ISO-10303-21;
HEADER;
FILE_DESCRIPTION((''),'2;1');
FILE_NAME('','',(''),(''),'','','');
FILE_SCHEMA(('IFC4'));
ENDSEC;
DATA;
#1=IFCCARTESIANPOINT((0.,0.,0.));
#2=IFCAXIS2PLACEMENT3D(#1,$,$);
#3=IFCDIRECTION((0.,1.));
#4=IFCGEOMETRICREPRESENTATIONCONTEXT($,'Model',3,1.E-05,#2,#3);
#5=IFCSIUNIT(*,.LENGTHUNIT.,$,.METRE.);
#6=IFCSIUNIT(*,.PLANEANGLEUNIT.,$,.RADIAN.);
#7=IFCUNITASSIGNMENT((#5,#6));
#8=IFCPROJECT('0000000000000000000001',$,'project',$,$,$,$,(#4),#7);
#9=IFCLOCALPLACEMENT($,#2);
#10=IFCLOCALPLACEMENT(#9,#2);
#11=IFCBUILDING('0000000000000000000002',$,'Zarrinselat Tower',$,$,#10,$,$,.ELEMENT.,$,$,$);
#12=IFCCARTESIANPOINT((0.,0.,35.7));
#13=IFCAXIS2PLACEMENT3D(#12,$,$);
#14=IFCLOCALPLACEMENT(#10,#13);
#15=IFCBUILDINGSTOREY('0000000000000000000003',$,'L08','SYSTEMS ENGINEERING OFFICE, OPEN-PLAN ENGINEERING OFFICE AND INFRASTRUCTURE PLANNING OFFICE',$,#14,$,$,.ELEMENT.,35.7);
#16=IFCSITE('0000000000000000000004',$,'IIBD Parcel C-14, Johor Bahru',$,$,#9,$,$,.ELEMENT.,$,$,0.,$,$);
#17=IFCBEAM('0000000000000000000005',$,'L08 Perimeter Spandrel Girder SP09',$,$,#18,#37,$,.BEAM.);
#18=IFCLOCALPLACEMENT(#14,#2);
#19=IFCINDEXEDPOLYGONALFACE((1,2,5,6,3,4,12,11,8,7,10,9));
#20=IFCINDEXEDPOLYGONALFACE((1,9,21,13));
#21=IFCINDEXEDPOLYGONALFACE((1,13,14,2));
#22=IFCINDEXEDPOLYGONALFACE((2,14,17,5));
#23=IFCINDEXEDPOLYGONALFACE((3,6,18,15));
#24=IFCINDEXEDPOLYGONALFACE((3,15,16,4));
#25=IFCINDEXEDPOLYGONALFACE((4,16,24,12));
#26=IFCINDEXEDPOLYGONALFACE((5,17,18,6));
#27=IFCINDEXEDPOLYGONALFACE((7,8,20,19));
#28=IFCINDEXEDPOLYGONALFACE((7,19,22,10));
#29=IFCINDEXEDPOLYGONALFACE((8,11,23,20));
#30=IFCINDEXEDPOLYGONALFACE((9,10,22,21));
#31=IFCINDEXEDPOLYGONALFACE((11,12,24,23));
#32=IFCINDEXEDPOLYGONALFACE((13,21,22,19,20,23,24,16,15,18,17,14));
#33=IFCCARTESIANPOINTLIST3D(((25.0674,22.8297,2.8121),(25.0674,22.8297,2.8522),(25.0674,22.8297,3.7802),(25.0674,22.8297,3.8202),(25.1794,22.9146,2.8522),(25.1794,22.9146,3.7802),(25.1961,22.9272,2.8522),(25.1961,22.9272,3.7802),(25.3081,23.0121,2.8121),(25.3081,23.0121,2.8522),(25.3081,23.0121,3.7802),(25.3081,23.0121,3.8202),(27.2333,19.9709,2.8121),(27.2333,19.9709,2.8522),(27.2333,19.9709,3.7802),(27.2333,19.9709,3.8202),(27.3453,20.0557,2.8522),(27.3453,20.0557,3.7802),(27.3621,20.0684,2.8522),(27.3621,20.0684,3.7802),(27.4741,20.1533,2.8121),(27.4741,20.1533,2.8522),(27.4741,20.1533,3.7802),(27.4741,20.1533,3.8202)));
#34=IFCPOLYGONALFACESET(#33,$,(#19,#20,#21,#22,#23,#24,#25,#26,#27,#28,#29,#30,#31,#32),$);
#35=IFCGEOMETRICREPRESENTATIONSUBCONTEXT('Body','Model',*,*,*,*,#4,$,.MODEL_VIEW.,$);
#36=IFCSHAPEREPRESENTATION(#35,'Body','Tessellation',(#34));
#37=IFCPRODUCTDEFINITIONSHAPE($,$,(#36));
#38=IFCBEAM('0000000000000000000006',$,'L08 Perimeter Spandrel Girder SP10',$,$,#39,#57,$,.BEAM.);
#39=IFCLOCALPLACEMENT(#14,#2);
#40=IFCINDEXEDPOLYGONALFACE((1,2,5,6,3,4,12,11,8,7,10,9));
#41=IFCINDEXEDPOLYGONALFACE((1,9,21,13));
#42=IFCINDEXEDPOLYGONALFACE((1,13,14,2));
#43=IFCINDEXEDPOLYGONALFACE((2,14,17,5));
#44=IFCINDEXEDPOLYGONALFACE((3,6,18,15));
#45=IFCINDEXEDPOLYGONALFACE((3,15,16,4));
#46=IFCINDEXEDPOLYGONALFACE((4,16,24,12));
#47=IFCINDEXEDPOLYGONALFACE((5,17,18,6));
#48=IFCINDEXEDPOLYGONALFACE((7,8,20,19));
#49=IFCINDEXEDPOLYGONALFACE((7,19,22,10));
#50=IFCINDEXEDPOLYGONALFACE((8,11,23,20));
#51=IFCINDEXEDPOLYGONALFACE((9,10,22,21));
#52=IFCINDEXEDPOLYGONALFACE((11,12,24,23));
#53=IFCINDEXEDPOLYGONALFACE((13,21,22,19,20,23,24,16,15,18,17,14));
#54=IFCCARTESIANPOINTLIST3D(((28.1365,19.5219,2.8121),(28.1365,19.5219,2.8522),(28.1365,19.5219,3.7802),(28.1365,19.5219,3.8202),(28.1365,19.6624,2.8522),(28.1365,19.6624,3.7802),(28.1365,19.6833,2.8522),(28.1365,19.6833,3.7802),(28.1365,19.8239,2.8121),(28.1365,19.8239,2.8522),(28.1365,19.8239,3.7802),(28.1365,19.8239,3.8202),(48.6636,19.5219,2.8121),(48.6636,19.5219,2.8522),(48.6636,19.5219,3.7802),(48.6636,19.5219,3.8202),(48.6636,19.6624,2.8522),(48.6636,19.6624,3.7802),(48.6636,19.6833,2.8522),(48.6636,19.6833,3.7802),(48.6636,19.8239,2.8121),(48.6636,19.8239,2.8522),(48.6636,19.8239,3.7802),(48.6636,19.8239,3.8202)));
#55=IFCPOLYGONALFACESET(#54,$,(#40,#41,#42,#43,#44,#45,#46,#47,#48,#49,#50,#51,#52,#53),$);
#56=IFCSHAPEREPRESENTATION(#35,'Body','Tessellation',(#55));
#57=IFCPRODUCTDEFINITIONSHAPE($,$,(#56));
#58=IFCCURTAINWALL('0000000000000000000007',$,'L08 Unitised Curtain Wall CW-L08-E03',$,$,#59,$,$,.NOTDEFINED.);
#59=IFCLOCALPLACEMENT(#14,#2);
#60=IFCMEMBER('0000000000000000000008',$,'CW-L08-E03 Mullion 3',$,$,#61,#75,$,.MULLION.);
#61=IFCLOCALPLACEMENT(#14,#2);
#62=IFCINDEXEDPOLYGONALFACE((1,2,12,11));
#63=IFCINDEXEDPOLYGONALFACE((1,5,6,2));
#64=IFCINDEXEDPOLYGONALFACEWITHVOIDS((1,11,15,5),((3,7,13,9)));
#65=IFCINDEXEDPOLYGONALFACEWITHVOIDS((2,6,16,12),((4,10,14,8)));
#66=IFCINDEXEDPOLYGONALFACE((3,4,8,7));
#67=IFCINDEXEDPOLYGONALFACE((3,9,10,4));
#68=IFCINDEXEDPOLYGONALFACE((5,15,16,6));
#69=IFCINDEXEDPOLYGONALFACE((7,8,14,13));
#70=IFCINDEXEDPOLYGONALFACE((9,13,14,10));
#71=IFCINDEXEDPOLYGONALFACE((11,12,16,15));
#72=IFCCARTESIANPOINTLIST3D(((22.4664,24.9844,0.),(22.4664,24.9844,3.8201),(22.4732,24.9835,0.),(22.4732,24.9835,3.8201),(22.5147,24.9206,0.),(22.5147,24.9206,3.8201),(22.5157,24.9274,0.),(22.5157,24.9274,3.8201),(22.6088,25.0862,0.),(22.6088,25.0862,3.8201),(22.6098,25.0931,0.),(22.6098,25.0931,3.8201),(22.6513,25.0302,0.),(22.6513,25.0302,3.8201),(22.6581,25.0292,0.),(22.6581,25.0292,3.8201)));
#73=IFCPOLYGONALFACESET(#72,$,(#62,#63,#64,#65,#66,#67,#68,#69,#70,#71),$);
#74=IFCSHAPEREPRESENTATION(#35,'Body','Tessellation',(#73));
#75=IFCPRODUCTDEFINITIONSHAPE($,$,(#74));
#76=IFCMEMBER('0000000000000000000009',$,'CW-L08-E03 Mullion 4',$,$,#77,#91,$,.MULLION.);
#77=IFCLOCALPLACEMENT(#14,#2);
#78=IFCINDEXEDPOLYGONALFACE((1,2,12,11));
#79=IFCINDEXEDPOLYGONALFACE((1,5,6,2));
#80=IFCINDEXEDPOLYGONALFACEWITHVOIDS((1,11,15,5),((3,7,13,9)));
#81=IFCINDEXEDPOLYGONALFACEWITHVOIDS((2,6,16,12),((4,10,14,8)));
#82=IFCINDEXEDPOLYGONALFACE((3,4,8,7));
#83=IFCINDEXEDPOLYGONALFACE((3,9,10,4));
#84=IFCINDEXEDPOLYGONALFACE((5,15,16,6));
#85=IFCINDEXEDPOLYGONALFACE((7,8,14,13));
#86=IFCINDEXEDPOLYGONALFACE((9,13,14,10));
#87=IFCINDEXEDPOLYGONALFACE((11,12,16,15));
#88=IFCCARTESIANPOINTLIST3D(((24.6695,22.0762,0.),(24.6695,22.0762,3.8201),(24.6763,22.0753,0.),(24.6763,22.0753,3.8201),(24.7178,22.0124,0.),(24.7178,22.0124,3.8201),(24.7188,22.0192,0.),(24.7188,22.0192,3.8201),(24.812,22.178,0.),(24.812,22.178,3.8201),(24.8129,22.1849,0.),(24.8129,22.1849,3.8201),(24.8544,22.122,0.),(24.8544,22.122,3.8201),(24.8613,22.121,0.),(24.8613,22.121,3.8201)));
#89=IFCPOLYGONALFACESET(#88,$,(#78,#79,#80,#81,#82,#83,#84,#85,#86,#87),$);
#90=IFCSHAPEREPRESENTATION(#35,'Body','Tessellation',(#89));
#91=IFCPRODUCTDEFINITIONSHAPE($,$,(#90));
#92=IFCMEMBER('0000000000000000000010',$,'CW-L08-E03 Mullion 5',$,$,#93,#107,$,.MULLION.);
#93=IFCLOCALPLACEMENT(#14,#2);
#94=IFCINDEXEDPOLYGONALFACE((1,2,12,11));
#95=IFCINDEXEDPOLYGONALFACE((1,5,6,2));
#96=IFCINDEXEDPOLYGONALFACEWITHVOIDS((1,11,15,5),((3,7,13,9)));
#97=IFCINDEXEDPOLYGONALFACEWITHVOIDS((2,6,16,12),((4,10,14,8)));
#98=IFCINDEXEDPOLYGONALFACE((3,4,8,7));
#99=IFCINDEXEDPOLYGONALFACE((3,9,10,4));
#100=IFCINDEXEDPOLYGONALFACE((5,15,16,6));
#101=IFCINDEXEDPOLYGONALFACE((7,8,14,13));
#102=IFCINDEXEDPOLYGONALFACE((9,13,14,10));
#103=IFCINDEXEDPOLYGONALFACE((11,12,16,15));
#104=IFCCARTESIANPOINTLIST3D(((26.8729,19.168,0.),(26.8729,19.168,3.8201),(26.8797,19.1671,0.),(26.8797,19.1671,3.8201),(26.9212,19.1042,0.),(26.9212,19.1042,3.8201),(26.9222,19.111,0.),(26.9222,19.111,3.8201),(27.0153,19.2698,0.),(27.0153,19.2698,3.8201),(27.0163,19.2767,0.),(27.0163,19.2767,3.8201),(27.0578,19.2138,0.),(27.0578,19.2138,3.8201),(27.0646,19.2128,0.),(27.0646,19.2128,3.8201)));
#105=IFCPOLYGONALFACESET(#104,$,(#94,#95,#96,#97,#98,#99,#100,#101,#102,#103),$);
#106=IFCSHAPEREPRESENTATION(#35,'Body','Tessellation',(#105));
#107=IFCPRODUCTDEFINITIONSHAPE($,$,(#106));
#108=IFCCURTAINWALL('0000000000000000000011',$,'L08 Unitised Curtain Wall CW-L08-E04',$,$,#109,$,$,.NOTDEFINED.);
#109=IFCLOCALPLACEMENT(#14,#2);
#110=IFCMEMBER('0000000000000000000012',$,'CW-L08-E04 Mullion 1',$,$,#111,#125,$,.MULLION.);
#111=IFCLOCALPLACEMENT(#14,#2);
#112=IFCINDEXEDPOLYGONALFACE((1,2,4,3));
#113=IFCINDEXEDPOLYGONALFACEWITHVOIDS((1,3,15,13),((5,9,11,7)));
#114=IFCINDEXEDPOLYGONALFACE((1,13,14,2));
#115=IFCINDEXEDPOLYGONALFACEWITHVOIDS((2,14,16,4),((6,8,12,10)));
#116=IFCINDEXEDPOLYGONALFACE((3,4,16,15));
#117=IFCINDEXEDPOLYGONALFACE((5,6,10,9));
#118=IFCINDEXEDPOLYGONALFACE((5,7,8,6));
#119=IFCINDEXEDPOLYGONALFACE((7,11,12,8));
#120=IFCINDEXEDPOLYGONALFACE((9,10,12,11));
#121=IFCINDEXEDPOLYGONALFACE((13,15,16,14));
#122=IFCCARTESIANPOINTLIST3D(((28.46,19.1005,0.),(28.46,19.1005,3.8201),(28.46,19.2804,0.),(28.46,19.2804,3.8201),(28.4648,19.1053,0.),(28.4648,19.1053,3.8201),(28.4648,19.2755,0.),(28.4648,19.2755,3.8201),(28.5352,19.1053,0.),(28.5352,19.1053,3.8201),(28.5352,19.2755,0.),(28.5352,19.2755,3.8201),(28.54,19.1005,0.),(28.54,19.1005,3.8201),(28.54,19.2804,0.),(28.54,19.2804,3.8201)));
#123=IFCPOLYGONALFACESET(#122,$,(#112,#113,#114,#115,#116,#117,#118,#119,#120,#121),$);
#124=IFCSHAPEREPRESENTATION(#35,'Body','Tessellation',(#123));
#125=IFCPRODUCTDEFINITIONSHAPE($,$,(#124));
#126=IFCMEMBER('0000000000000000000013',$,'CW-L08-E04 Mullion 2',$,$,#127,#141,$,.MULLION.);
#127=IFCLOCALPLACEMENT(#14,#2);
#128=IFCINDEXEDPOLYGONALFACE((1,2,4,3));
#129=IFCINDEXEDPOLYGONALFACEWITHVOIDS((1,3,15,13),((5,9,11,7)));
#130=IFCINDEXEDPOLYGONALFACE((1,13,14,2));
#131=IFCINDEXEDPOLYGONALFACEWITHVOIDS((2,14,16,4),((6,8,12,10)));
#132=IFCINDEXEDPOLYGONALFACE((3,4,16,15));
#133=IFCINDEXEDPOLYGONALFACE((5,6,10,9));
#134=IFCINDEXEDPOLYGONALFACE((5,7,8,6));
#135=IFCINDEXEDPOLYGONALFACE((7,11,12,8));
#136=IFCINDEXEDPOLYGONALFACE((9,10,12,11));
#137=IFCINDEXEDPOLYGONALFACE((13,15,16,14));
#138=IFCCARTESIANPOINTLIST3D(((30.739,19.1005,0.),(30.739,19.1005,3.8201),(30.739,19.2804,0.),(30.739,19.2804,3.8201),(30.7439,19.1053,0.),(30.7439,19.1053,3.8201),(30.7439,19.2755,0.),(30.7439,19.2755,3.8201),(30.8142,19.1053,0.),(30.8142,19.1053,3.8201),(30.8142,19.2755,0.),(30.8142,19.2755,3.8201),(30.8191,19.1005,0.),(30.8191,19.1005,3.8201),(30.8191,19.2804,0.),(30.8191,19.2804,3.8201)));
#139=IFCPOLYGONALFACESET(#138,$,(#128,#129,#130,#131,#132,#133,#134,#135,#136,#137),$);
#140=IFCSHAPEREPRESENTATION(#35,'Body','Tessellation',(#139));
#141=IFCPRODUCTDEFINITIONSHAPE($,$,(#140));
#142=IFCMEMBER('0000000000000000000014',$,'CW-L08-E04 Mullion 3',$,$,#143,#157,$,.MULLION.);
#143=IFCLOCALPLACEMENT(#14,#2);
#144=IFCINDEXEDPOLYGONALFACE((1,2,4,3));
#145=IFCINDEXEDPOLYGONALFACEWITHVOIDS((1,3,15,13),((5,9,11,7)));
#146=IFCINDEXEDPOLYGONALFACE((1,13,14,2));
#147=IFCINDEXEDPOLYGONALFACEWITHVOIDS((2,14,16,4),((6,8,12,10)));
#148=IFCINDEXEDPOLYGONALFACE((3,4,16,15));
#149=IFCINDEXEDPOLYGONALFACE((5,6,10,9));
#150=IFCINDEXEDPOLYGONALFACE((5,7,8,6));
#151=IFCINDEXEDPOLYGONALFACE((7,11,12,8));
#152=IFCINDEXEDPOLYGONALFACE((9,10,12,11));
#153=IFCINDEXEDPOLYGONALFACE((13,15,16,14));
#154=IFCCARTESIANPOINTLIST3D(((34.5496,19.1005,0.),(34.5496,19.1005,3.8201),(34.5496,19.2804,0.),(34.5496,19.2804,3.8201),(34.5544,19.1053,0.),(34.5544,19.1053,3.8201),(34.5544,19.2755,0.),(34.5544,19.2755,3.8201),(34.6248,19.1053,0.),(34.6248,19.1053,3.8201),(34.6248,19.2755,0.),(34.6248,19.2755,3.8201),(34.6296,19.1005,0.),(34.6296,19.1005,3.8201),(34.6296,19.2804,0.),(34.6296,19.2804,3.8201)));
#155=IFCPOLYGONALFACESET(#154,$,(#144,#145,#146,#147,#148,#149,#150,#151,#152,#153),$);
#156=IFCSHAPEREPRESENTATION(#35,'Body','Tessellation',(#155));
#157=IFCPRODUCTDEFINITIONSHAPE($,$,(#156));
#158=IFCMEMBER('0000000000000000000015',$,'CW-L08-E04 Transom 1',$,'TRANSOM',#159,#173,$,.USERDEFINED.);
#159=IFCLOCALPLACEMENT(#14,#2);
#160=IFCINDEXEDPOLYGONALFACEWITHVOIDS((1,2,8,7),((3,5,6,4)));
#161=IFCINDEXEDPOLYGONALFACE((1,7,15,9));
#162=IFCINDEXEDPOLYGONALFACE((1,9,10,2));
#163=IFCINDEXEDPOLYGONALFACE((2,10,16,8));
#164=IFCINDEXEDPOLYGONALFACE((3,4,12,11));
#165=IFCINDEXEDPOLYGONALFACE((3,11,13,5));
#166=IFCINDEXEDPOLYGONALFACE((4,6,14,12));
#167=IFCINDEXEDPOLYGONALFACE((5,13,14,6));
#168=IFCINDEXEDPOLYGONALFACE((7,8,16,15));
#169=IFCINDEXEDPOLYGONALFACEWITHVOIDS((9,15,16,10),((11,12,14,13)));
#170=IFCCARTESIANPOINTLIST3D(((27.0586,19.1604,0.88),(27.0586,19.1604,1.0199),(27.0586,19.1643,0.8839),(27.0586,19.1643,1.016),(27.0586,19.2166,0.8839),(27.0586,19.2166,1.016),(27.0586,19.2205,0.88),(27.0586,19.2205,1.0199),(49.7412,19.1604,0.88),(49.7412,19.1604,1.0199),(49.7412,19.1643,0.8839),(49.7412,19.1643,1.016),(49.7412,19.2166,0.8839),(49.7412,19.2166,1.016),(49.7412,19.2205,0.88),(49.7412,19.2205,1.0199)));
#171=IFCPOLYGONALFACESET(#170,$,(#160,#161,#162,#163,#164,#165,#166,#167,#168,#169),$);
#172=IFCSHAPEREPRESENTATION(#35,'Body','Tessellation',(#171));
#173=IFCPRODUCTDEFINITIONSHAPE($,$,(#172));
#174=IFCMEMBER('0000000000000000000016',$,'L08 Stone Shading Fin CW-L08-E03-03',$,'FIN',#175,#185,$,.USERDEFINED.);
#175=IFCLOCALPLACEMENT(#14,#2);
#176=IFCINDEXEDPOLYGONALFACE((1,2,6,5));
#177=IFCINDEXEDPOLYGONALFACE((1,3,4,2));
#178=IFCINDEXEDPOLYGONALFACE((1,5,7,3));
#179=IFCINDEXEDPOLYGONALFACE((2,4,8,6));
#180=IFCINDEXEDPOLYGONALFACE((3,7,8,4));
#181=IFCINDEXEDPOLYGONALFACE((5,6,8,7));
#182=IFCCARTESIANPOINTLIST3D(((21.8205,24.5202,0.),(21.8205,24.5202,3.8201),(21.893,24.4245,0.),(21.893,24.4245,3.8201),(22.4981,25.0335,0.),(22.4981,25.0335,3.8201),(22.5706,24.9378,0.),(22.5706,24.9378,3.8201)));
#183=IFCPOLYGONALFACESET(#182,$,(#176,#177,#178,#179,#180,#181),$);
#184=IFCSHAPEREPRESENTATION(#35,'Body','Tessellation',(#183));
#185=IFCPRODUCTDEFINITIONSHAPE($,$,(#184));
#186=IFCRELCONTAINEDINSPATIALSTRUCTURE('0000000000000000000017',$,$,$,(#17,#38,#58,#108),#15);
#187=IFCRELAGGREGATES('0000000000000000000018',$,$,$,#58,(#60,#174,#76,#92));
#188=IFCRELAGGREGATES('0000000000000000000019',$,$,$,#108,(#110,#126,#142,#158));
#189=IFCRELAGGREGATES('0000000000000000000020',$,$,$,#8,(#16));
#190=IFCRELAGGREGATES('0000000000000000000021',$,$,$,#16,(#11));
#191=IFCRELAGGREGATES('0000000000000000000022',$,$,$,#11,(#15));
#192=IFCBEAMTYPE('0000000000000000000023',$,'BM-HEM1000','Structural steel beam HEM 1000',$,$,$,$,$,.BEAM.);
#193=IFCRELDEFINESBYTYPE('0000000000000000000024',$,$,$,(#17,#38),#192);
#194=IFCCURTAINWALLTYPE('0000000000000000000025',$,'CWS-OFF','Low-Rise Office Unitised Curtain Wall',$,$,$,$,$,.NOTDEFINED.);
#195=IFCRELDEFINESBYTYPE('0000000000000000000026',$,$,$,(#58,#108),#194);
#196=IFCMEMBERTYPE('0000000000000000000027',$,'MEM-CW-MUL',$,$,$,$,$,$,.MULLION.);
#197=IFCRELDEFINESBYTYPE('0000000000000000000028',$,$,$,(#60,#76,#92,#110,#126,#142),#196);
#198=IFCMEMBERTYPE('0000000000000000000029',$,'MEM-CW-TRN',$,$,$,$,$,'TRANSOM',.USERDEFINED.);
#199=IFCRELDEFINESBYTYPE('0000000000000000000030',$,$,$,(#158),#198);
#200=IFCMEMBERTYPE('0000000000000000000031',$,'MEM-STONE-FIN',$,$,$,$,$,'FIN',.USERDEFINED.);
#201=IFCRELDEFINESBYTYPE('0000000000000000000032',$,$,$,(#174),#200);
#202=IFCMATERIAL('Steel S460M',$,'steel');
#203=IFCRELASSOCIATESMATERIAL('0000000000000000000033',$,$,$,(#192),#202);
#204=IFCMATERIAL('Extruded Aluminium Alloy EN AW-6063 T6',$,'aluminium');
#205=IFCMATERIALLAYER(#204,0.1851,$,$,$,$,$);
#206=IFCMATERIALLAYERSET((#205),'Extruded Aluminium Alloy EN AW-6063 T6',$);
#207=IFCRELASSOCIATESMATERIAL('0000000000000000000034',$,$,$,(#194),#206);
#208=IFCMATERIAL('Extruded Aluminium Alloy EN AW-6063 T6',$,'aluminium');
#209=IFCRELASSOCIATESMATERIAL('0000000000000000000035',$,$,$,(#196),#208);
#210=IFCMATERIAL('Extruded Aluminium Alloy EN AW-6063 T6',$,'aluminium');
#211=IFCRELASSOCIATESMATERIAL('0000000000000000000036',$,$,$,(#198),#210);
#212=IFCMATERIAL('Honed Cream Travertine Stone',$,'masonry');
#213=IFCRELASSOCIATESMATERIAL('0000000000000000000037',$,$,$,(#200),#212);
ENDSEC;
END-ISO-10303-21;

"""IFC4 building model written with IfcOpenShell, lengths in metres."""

from ifc_helpers import new_model, si_unit, direction, frame, origin, origin_2d, place, context, subcontext, project, spatial, rectangle, hollow_rectangle, i_section, extrude, material, layer, layer_set, material_profile, profile_set, type_object, element, aggregate, save


model = new_model("IFC4")

# Units and contexts
model_context = context("Model", 3, precision=1e-05, world=origin(), true_north=direction((0.0, 1.0)))
body_context = subcontext(model_context, "Body", "Model", "MODEL_VIEW")
ifc_project = project(units=[si_unit("LENGTHUNIT", "METRE"), si_unit("PLANEANGLEUNIT", "RADIAN")], contexts=[model_context])

# Site, building, storey
site_placement = place(None, origin())
site = spatial("IfcSite", under=ifc_project, at=site_placement, Name="IIBD Parcel C-14, Johor Bahru", CompositionType="ELEMENT", RefElevation=0.0)
building_placement = place(site_placement, origin())
building = spatial("IfcBuilding", under=site, at=building_placement, Name="Zarrinselat Tower", CompositionType="ELEMENT")
storey_placement = place(building_placement, frame((0.0, 0.0, 35.7)))
storey = spatial("IfcBuildingStorey", under=building, at=storey_placement, Name="L08", Description="SYSTEMS ENGINEERING OFFICE, OPEN-PLAN ENGINEERING OFFICE AND INFRASTRUCTURE PLANNING OFFICE", CompositionType="ELEMENT", Elevation=35.7)

# Beams
ifc_material_1 = material(Name="Steel S460M", Category="steel")
ifc_material_profile_1 = material_profile(ifc_material_1, i_section(OverallWidth=0.302, OverallDepth=1.0081, WebThickness=0.021, FlangeThickness=0.04, at=origin_2d()), Name="HEM 1000")
ifc_profile_set_1 = profile_set([ifc_material_profile_1], Name="Steel S460M")
beam_type_1 = type_object("IfcBeamType", Name="BM-HEM1000", Description="Structural steel beam HEM 1000", PredefinedType="BEAM", material=ifc_profile_set_1)
beam_1_placement = place(storey_placement, frame((25.1877, 22.9209, 3.3162), z_axis=(0.603892, -0.797066, 0.0), x_axis=(0.797066, 0.603892, 0.0)))
element("IfcBeam", 1, at=beam_1_placement, inside=storey, type_object=beam_type_1, Name="L08 Perimeter Spandrel Girder SP09", PredefinedType="BEAM", context=body_context, shape_type="SweptSolid", body=[
    extrude(i_section(OverallWidth=0.302, OverallDepth=1.0081, WebThickness=0.021, FlangeThickness=0.04, at=origin_2d()), origin(), (0.0, 0.0, 1.0), 3.5867),
])
beam_2_placement = place(storey_placement, frame((28.1365, 19.6729, 3.3162), z_axis=(1.0, 0.0, 0.0), x_axis=(0.0, 1.0, 0.0)))
element("IfcBeam", 2, at=beam_2_placement, inside=storey, type_object=beam_type_1, Name="L08 Perimeter Spandrel Girder SP10", PredefinedType="BEAM", context=body_context, shape_type="SweptSolid", body=[
    extrude(i_section(OverallWidth=0.302, OverallDepth=1.0081, WebThickness=0.021, FlangeThickness=0.04, at=origin_2d()), origin(), (0.0, 0.0, 1.0), 20.5271),
])

# Curtain walls, members
ifc_material_2 = material(Name="Extruded Aluminium Alloy EN AW-6063 T6", Category="aluminium")
ifc_layer_1 = layer(ifc_material_2, 0.1851)
ifc_layer_set_1 = layer_set([ifc_layer_1], Name="Extruded Aluminium Alloy EN AW-6063 T6")
curtain_wall_type = type_object("IfcCurtainWallType", Name="CWS-OFF", Description="Low-Rise Office Unitised Curtain Wall", PredefinedType="NOTDEFINED", material=ifc_layer_set_1)
curtain_wall_1_placement = place(storey_placement, origin())
curtain_wall_1 = element("IfcCurtainWall", 3, at=curtain_wall_1_placement, inside=storey, type_object=curtain_wall_type, Name="L08 Unitised Curtain Wall CW-L08-E03", PredefinedType="NOTDEFINED")
ifc_material_3 = material(Name="Extruded Aluminium Alloy EN AW-6063 T6", Category="aluminium")
ifc_material_profile_2 = material_profile(ifc_material_3, hollow_rectangle(XDim=0.0801, YDim=0.1799, WallThickness=0.0049, at=origin_2d()), Name="RHS 180x80x5")
ifc_profile_set_2 = profile_set([ifc_material_profile_2], Name="Extruded Aluminium Alloy EN AW-6063 T6")
member_type_1 = type_object("IfcMemberType", Name="MEM-CW-MUL", PredefinedType="MULLION", material=ifc_profile_set_2)
member_1_placement = place(storey_placement, frame((22.5623, 25.0068, 0.0), z_axis=(0.0, 0.0, 1.0), x_axis=(0.603858, -0.797092, 0.0)))
member_1 = element("IfcMember", 4, at=member_1_placement, type_object=member_type_1, Name="CW-L08-E03 Mullion 3", PredefinedType="MULLION", context=body_context, shape_type="SweptSolid", body=[
    extrude(hollow_rectangle(XDim=0.0801, YDim=0.1799, WallThickness=0.0049, at=origin_2d()), origin(), (0.0, 0.0, 1.0), 3.8201),
])
member_2_placement = place(storey_placement, frame((24.7654, 22.0986, 0.0), z_axis=(0.0, 0.0, 1.0), x_axis=(0.603858, -0.797092, 0.0)))
member_2 = element("IfcMember", 5, at=member_2_placement, type_object=member_type_1, Name="CW-L08-E03 Mullion 4", PredefinedType="MULLION", context=body_context, shape_type="SweptSolid", body=[
    extrude(hollow_rectangle(XDim=0.0801, YDim=0.1799, WallThickness=0.0049, at=origin_2d()), origin(), (0.0, 0.0, 1.0), 3.8201),
])
member_3_placement = place(storey_placement, frame((26.9688, 19.1904, 0.0), z_axis=(0.0, 0.0, 1.0), x_axis=(0.603858, -0.797092, 0.0)))
member_3 = element("IfcMember", 6, at=member_3_placement, type_object=member_type_1, Name="CW-L08-E03 Mullion 5", PredefinedType="MULLION", context=body_context, shape_type="SweptSolid", body=[
    extrude(hollow_rectangle(XDim=0.0801, YDim=0.1799, WallThickness=0.0049, at=origin_2d()), origin(), (0.0, 0.0, 1.0), 3.8201),
])
curtain_wall_2_placement = place(storey_placement, origin())
curtain_wall_2 = element("IfcCurtainWall", 7, at=curtain_wall_2_placement, inside=storey, type_object=curtain_wall_type, Name="L08 Unitised Curtain Wall CW-L08-E04", PredefinedType="NOTDEFINED")
member_4_placement = place(storey_placement, frame((28.5, 19.1904, 0.0), z_axis=(0.0, 0.0, 1.0), x_axis=(1.0, 0.0, 0.0)))
member_4 = element("IfcMember", 8, at=member_4_placement, type_object=member_type_1, Name="CW-L08-E04 Mullion 1", PredefinedType="MULLION", context=body_context, shape_type="SweptSolid", body=[
    extrude(hollow_rectangle(XDim=0.0801, YDim=0.1799, WallThickness=0.0049, at=origin_2d()), origin(), (0.0, 0.0, 1.0), 3.8201),
])
member_5_placement = place(storey_placement, frame((30.7791, 19.1904, 0.0), z_axis=(0.0, 0.0, 1.0), x_axis=(1.0, 0.0, 0.0)))
member_5 = element("IfcMember", 9, at=member_5_placement, type_object=member_type_1, Name="CW-L08-E04 Mullion 2", PredefinedType="MULLION", context=body_context, shape_type="SweptSolid", body=[
    extrude(hollow_rectangle(XDim=0.0801, YDim=0.1799, WallThickness=0.0049, at=origin_2d()), origin(), (0.0, 0.0, 1.0), 3.8201),
])
member_6_placement = place(storey_placement, frame((34.5896, 19.1904, 0.0), z_axis=(0.0, 0.0, 1.0), x_axis=(1.0, 0.0, 0.0)))
member_6 = element("IfcMember", 10, at=member_6_placement, type_object=member_type_1, Name="CW-L08-E04 Mullion 3", PredefinedType="MULLION", context=body_context, shape_type="SweptSolid", body=[
    extrude(hollow_rectangle(XDim=0.0801, YDim=0.1799, WallThickness=0.0049, at=origin_2d()), origin(), (0.0, 0.0, 1.0), 3.8201),
])
ifc_material_4 = material(Name="Extruded Aluminium Alloy EN AW-6063 T6", Category="aluminium")
ifc_material_profile_3 = material_profile(ifc_material_4, hollow_rectangle(XDim=0.0601, YDim=0.1399, WallThickness=0.0039, at=origin_2d()), Name="RHS 140x60x4")
ifc_profile_set_3 = profile_set([ifc_material_profile_3], Name="Extruded Aluminium Alloy EN AW-6063 T6")
member_type_2 = type_object("IfcMemberType", Name="MEM-CW-TRN", ElementType="TRANSOM", PredefinedType="USERDEFINED", material=ifc_profile_set_3)
member_7_placement = place(storey_placement, frame((27.0586, 19.1904, 0.95), z_axis=(1.0, 0.0, 0.0), x_axis=(0.0, 1.0, 0.0)))
member_7 = element("IfcMember", 11, at=member_7_placement, type_object=member_type_2, Name="CW-L08-E04 Transom 1", ObjectType="TRANSOM", PredefinedType="USERDEFINED", context=body_context, shape_type="SweptSolid", body=[
    extrude(hollow_rectangle(XDim=0.0601, YDim=0.1399, WallThickness=0.0039, at=origin_2d()), origin(), (0.0, 0.0, 1.0), 22.6826),
])

# Member
ifc_material_5 = material(Name="Honed Cream Travertine Stone", Category="masonry")
ifc_material_profile_4 = material_profile(ifc_material_5, rectangle(XDim=0.1201, YDim=0.8501, at=origin_2d()), Name="FIN 850x120")
ifc_profile_set_4 = profile_set([ifc_material_profile_4], Name="Honed Cream Travertine Stone")
member_type_3 = type_object("IfcMemberType", Name="MEM-STONE-FIN", ElementType="FIN", PredefinedType="USERDEFINED", material=ifc_profile_set_4)
member_8_placement = place(storey_placement, frame((22.1956, 24.729, 0.0), z_axis=(0.0, 0.0, 1.0), x_axis=(-0.603858, 0.797092, 0.0)))
member_8 = element("IfcMember", 12, at=member_8_placement, type_object=member_type_3, Name="L08 Stone Shading Fin CW-L08-E03-03", ObjectType="FIN", PredefinedType="USERDEFINED", context=body_context, shape_type="SweptSolid", body=[
    extrude(rectangle(XDim=0.1201, YDim=0.8501, at=origin_2d()), origin(), (0.0, 0.0, 1.0), 3.8201),
])

aggregate(curtain_wall_1, [member_1, member_8, member_2, member_3])
aggregate(curtain_wall_2, [member_4, member_5, member_6, member_7])

save(model, "model.ifc")
